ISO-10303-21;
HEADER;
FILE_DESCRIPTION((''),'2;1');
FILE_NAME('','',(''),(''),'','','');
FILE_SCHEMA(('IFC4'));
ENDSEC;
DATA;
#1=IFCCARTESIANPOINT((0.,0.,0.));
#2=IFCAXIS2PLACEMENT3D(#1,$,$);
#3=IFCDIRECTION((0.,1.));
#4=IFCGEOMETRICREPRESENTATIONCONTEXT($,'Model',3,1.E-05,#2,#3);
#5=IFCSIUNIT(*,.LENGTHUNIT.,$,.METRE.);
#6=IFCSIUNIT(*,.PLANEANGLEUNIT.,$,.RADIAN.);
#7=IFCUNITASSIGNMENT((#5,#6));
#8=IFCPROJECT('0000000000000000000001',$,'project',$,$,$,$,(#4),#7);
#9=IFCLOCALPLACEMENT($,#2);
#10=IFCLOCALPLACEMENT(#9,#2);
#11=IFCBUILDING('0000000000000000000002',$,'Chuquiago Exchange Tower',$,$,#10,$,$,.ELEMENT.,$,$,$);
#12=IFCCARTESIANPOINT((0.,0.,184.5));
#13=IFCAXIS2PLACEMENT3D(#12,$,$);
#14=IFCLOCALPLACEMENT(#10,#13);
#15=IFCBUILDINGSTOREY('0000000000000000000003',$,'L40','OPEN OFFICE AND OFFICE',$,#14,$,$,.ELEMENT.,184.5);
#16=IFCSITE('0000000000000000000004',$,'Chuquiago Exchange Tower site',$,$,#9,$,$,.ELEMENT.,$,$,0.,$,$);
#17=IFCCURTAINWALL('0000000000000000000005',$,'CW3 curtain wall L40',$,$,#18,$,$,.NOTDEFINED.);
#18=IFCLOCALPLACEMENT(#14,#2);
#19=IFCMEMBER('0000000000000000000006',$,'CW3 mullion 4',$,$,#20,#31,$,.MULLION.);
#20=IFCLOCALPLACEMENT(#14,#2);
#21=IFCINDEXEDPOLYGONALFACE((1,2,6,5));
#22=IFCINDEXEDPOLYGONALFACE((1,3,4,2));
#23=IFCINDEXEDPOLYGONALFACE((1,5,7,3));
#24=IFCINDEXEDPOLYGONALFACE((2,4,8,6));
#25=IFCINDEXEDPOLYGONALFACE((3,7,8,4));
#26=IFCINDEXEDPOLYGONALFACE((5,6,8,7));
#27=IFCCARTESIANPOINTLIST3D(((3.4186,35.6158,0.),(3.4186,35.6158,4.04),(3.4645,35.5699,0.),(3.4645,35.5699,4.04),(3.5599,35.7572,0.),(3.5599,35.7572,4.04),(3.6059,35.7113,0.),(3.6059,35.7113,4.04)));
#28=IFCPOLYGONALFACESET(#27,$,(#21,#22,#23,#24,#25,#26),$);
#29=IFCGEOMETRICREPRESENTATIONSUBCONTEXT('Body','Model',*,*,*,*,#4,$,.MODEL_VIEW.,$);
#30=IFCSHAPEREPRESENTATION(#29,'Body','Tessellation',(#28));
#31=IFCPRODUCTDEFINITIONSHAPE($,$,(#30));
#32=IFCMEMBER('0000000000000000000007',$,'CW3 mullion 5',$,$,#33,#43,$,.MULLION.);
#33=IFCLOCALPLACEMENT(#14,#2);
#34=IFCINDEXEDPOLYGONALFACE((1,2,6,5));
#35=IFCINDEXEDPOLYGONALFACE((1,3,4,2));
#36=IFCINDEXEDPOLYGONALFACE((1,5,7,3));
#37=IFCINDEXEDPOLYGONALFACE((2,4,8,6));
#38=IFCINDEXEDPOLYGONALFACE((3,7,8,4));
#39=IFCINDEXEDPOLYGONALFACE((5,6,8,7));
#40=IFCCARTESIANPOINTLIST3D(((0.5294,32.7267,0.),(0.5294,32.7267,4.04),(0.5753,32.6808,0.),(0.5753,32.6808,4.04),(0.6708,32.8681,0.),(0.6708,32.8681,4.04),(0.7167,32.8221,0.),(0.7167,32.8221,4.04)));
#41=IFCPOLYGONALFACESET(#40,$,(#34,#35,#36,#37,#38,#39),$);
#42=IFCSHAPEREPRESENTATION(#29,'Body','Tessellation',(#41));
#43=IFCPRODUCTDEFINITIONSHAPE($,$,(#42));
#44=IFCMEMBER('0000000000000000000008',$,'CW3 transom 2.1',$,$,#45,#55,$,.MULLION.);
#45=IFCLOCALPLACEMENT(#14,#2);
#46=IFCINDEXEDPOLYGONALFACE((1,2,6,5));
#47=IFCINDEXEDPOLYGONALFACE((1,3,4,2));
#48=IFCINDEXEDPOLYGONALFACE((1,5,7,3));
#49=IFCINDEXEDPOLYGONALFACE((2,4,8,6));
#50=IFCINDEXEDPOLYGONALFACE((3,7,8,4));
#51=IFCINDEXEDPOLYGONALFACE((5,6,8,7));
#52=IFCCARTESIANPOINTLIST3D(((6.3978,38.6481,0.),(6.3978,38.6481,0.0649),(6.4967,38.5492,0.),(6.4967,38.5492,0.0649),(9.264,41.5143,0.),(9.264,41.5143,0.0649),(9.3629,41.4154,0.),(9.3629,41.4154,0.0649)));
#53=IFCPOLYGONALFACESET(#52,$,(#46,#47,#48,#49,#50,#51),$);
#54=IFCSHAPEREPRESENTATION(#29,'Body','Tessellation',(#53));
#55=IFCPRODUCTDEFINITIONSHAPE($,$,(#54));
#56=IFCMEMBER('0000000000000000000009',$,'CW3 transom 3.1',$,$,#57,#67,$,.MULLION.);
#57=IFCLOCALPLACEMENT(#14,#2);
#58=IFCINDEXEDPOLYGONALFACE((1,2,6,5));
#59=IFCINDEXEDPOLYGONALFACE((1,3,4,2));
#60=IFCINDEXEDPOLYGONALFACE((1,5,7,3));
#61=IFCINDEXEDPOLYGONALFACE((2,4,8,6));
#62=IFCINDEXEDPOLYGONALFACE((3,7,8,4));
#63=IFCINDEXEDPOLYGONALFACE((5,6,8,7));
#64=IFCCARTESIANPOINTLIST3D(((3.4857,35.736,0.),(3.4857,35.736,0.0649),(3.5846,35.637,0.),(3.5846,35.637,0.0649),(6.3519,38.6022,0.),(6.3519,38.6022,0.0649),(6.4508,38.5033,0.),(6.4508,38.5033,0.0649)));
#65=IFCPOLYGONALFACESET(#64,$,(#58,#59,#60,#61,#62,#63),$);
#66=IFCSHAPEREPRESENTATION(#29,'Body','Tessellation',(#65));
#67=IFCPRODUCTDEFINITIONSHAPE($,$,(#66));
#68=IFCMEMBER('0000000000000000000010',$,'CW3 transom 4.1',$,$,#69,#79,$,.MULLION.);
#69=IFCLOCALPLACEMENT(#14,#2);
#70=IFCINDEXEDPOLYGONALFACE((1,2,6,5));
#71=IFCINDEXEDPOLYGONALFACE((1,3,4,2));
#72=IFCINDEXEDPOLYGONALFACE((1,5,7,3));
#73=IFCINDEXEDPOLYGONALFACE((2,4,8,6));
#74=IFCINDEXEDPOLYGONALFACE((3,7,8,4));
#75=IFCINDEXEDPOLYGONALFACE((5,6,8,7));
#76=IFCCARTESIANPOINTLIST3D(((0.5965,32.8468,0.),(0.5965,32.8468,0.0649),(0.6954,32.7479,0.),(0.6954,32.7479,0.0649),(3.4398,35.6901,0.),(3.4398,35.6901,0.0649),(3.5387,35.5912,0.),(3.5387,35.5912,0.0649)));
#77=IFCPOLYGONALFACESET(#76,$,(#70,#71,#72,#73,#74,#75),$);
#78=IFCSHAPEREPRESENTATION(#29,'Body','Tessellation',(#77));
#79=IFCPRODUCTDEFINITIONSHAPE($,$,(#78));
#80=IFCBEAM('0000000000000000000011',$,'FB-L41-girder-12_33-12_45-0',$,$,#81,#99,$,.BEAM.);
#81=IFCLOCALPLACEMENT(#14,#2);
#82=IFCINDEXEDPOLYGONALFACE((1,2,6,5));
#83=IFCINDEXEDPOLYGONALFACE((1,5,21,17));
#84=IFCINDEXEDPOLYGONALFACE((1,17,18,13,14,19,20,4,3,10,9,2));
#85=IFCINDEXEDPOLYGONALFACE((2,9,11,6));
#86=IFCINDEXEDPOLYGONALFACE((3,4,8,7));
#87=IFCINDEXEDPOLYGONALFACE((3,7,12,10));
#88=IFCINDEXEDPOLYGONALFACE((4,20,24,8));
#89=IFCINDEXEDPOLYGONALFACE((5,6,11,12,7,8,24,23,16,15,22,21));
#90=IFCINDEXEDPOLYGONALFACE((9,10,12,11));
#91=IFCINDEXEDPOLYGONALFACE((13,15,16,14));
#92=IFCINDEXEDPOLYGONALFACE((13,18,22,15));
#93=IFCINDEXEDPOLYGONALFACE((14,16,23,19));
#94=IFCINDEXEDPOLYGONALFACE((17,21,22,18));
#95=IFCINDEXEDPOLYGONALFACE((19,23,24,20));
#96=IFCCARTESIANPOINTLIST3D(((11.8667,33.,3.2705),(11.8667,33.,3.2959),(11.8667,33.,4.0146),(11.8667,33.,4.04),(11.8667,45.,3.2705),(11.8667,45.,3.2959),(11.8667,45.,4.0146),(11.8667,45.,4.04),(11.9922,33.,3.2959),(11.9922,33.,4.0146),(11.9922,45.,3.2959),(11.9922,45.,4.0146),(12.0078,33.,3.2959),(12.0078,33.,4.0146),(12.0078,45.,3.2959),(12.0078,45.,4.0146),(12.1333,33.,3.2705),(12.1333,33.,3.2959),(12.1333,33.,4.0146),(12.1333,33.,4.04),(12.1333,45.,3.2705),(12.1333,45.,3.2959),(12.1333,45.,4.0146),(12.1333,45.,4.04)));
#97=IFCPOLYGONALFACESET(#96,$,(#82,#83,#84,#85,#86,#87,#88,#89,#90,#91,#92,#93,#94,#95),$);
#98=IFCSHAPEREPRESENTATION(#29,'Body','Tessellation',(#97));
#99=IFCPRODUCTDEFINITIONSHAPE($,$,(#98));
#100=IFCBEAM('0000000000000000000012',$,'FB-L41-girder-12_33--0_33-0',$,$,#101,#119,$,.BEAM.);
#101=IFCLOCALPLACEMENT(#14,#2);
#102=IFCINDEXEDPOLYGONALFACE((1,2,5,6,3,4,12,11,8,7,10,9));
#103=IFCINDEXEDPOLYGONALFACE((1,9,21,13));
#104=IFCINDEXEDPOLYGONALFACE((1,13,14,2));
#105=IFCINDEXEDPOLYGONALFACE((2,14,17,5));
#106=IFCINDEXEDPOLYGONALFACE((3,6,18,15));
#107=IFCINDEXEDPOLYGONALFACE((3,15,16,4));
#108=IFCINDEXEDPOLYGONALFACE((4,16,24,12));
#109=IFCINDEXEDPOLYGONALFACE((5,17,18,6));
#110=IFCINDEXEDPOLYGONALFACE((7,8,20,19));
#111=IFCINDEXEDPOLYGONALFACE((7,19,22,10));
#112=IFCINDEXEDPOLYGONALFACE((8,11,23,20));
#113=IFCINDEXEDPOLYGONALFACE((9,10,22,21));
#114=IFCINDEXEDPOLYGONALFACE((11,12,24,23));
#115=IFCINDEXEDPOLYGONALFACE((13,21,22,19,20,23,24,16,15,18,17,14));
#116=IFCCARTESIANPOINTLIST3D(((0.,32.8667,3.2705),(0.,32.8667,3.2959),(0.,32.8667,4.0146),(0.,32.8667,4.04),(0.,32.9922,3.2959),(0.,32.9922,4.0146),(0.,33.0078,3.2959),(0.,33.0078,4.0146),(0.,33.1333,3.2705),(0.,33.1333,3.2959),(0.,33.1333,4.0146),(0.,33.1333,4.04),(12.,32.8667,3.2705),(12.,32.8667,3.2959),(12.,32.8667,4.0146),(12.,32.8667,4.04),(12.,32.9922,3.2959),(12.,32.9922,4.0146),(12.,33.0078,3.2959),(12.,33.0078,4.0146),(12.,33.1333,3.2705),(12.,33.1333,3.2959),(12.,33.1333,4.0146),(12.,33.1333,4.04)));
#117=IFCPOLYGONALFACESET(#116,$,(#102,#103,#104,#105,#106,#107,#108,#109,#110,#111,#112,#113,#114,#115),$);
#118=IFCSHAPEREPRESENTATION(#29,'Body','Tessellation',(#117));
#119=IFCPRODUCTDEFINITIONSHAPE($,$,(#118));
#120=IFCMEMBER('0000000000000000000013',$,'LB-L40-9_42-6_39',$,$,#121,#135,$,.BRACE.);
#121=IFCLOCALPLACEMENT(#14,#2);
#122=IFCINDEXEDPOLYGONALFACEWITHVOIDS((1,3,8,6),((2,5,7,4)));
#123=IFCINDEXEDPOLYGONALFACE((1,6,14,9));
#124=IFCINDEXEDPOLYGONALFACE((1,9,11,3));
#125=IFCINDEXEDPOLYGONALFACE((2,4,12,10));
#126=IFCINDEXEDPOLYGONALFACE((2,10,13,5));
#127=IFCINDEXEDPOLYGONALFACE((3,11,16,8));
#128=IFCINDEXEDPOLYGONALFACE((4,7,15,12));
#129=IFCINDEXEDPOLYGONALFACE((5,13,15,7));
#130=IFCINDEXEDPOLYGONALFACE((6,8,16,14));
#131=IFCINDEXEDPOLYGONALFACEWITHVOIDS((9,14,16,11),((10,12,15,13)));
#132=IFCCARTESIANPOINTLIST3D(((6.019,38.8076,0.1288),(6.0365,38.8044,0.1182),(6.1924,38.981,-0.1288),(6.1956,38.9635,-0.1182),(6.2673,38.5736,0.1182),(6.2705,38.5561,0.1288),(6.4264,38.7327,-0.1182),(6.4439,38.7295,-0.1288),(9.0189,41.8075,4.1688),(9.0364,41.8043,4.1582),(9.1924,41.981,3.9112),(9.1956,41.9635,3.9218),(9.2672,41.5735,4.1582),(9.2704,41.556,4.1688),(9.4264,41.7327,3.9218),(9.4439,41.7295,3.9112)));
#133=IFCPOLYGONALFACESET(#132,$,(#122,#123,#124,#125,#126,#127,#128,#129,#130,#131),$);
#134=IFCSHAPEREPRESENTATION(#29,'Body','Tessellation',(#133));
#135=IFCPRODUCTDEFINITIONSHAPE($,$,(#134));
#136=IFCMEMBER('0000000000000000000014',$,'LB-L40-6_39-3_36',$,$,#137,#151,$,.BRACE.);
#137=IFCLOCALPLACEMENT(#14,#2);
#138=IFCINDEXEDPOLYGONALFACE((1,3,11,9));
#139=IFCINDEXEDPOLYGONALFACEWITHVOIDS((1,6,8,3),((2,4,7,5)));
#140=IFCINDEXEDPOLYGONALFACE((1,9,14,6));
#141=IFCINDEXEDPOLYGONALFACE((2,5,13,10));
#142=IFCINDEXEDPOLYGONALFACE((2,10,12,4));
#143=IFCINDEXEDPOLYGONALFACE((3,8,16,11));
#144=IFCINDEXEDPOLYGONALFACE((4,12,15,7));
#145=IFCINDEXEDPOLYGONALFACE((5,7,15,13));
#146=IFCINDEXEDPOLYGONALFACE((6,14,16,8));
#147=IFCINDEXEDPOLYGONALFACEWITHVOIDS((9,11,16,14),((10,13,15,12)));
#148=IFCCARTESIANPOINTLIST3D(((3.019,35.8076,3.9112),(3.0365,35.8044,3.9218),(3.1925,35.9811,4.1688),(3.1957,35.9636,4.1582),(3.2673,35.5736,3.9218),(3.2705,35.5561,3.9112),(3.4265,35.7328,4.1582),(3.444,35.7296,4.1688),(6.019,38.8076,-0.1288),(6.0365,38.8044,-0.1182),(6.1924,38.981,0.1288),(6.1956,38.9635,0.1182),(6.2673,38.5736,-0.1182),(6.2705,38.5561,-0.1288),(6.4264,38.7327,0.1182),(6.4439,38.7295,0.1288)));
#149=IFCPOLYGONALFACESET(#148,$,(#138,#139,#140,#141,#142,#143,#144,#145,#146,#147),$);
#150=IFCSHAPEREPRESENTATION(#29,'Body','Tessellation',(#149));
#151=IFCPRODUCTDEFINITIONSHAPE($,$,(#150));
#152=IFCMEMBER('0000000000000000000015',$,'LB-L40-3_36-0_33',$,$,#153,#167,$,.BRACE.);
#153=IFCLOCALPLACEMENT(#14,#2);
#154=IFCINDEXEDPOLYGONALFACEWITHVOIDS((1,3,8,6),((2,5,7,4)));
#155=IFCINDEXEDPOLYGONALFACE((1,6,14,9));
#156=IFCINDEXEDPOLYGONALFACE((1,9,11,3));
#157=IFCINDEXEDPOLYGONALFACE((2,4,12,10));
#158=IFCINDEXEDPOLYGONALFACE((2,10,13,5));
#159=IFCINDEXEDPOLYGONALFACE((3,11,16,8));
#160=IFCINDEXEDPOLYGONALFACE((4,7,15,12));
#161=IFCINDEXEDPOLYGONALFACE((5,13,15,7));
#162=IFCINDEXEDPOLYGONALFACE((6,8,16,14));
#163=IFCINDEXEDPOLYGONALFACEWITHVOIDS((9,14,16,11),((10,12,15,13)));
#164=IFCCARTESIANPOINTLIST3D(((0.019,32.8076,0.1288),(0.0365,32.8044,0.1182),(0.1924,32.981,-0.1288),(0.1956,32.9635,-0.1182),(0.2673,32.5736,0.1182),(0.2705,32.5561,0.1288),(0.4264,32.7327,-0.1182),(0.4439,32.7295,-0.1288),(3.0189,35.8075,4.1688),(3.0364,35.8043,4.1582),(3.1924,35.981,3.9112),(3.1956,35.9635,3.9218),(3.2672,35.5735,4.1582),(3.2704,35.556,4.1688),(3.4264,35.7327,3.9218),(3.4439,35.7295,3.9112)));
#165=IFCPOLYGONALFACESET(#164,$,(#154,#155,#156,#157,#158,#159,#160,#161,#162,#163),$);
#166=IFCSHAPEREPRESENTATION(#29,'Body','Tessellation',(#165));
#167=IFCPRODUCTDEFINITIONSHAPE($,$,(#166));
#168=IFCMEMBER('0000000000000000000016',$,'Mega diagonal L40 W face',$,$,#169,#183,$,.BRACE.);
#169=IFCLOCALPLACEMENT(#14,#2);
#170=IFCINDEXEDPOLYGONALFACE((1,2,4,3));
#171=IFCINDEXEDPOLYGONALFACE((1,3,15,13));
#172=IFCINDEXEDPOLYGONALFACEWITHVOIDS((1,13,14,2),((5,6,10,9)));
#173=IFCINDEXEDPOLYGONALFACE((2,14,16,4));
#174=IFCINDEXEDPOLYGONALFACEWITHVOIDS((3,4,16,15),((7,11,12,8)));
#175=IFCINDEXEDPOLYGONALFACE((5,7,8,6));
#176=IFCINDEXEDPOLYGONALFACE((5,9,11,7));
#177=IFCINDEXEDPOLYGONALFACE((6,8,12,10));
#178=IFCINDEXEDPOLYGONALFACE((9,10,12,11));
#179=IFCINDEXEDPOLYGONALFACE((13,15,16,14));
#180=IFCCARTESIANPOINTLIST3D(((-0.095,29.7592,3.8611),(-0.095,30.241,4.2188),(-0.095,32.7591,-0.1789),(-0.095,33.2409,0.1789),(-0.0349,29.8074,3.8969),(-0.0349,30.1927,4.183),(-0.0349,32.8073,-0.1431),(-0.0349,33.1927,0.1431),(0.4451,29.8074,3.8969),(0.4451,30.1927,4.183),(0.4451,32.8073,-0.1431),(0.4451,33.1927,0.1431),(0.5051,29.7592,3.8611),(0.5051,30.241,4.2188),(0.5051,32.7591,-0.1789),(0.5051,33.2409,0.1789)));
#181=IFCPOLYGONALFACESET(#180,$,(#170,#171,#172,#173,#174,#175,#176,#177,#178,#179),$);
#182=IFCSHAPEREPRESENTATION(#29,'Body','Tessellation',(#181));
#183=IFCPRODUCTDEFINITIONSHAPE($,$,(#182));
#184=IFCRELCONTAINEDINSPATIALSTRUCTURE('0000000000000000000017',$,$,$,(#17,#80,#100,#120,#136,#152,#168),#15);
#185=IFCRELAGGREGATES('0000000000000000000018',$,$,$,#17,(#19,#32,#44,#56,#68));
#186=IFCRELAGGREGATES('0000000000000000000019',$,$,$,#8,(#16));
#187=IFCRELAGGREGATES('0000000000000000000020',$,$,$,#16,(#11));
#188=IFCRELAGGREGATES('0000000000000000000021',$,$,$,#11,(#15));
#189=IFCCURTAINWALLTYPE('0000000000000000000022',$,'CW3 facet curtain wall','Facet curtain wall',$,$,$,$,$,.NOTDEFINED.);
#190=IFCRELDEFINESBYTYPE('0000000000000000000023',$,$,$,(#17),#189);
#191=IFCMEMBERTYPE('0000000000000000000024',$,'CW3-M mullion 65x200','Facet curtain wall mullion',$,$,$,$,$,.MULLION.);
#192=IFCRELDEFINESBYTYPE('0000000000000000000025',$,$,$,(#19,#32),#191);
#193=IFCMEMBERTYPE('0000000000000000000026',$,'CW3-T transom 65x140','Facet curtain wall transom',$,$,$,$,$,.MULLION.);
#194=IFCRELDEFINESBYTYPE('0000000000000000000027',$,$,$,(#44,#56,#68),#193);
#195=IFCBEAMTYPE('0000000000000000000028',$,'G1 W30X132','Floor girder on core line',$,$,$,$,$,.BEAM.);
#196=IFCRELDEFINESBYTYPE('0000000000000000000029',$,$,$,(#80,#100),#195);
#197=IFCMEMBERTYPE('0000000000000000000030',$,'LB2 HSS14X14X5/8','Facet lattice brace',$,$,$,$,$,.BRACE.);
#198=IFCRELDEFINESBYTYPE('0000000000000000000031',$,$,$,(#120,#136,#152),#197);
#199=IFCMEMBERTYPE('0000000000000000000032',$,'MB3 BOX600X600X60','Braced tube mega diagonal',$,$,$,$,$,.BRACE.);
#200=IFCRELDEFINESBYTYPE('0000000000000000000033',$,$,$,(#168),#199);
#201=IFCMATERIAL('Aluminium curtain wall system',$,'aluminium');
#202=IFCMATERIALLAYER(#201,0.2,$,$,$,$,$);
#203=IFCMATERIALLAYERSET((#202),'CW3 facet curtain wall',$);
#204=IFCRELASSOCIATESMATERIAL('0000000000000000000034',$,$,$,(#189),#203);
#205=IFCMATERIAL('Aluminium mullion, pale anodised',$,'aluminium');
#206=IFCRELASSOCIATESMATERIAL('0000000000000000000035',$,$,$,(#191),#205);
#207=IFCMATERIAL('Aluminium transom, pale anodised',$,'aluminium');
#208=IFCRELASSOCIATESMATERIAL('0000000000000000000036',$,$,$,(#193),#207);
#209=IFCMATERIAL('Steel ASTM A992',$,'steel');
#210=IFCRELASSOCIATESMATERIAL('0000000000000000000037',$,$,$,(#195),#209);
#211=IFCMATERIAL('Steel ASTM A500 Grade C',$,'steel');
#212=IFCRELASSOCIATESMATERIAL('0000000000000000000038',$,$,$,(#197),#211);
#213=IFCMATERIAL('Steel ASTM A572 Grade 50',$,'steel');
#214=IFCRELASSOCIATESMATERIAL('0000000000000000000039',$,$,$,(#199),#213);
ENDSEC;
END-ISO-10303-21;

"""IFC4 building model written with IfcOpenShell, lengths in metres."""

from ifc_helpers import new_model, si_unit, direction, frame, origin, origin_2d, place, context, subcontext, project, spatial, rectangle, hollow_rectangle, i_section, extrude, material, layer, layer_set, material_profile, profile_set, type_object, element, aggregate, save


model = new_model("IFC4")

# Units and contexts
model_context = context("Model", 3, precision=1e-05, world=origin(), true_north=direction((0.0, 1.0)))
body_context = subcontext(model_context, "Body", "Model", "MODEL_VIEW")
ifc_project = project(units=[si_unit("LENGTHUNIT", "METRE"), si_unit("PLANEANGLEUNIT", "RADIAN")], contexts=[model_context])

# Site, building, storey
site_placement = place(None, origin())
site = spatial("IfcSite", under=ifc_project, at=site_placement, Name="Chuquiago Exchange Tower site", CompositionType="ELEMENT", RefElevation=0.0)
building_placement = place(site_placement, origin())
building = spatial("IfcBuilding", under=site, at=building_placement, Name="Chuquiago Exchange Tower", CompositionType="ELEMENT")
storey_placement = place(building_placement, frame((0.0, 0.0, 184.5)))
storey = spatial("IfcBuildingStorey", under=building, at=storey_placement, Name="L40", Description="OPEN OFFICE AND OFFICE", CompositionType="ELEMENT", Elevation=184.5)

# Curtain wall, members
ifc_material_1 = material(Name="Aluminium curtain wall system", Category="aluminium")
ifc_layer_1 = layer(ifc_material_1, 0.2)
ifc_layer_set_1 = layer_set([ifc_layer_1], Name="CW3 facet curtain wall")
curtain_wall_type_1 = type_object("IfcCurtainWallType", Name="CW3 facet curtain wall", Description="Facet curtain wall", PredefinedType="NOTDEFINED", material=ifc_layer_set_1)
curtain_wall_1_placement = place(storey_placement, origin())
curtain_wall_1 = element("IfcCurtainWall", 1, at=curtain_wall_1_placement, inside=storey, type_object=curtain_wall_type_1, Name="CW3 curtain wall L40", PredefinedType="NOTDEFINED")
ifc_material_2 = material(Name="Aluminium mullion, pale anodised", Category="aluminium")
ifc_material_profile_1 = material_profile(ifc_material_2, rectangle(XDim=0.0649, YDim=0.2, at=origin_2d()), Name="AL 65x200")
ifc_profile_set_1 = profile_set([ifc_material_profile_1], Name="Aluminium mullion, pale anodised")
member_type_1 = type_object("IfcMemberType", Name="CW3-M mullion 65x200", Description="Facet curtain wall mullion", PredefinedType="MULLION", material=ifc_profile_set_1)
member_1_placement = place(storey_placement, frame((3.5122, 35.6636, 0.0), z_axis=(0.0, 0.0, 1.0), x_axis=(0.707107, -0.707107, 0.0)))
member_1 = element("IfcMember", 2, at=member_1_placement, type_object=member_type_1, Name="CW3 mullion 4", PredefinedType="MULLION", context=body_context, shape_type="SweptSolid", body=[
    extrude(rectangle(XDim=0.0649, YDim=0.2, at=origin_2d()), origin(), (0.0, 0.0, 1.0), 4.04),
])
member_2_placement = place(storey_placement, frame((0.623, 32.7744, 0.0), z_axis=(0.0, 0.0, 1.0), x_axis=(0.707107, -0.707107, 0.0)))
member_2 = element("IfcMember", 3, at=member_2_placement, type_object=member_type_1, Name="CW3 mullion 5", PredefinedType="MULLION", context=body_context, shape_type="SweptSolid", body=[
    extrude(rectangle(XDim=0.0649, YDim=0.2, at=origin_2d()), origin(), (0.0, 0.0, 1.0), 4.04),
])
ifc_material_3 = material(Name="Aluminium transom, pale anodised", Category="aluminium")
ifc_material_profile_2 = material_profile(ifc_material_3, rectangle(XDim=0.1399, YDim=0.0649, at=origin_2d()), Name="AL 140x65")
ifc_profile_set_2 = profile_set([ifc_material_profile_2], Name="Aluminium transom, pale anodised")
member_type_2 = type_object("IfcMemberType", Name="CW3-T transom 65x140", Description="Facet curtain wall transom", PredefinedType="MULLION", material=ifc_profile_set_2)
member_3_placement = place(storey_placement, frame((9.3135, 41.4648, 0.0325), z_axis=(-0.707107, -0.707107, 0.0), x_axis=(0.707107, -0.707107, 0.0)))
member_3 = element("IfcMember", 4, at=member_3_placement, type_object=member_type_2, Name="CW3 transom 2.1", PredefinedType="MULLION", context=body_context, shape_type="SweptSolid", body=[
    extrude(rectangle(XDim=0.1399, YDim=0.0649, at=origin_2d()), origin(), (0.0, 0.0, 1.0), 4.0535),
])
member_4_placement = place(storey_placement, frame((6.4014, 38.5527, 0.0325), z_axis=(-0.707107, -0.707107, 0.0), x_axis=(0.707107, -0.707107, 0.0)))
member_4 = element("IfcMember", 5, at=member_4_placement, type_object=member_type_2, Name="CW3 transom 3.1", PredefinedType="MULLION", context=body_context, shape_type="SweptSolid", body=[
    extrude(rectangle(XDim=0.1399, YDim=0.0649, at=origin_2d()), origin(), (0.0, 0.0, 1.0), 4.0535),
])
member_5_placement = place(storey_placement, frame((3.4893, 35.6406, 0.0325), z_axis=(-0.707107, -0.707107, 0.0), x_axis=(0.707107, -0.707107, 0.0)))
member_5 = element("IfcMember", 6, at=member_5_placement, type_object=member_type_2, Name="CW3 transom 4.1", PredefinedType="MULLION", context=body_context, shape_type="SweptSolid", body=[
    extrude(rectangle(XDim=0.1399, YDim=0.0649, at=origin_2d()), origin(), (0.0, 0.0, 1.0), 4.021),
])

# Beams
ifc_material_4 = material(Name="Steel ASTM A992", Category="steel")
ifc_material_profile_3 = material_profile(ifc_material_4, i_section(OverallWidth=0.2666, OverallDepth=0.7695, WebThickness=0.0156, FlangeThickness=0.0254, at=origin_2d()), Name="W30X132")
ifc_profile_set_3 = profile_set([ifc_material_profile_3], Name="Steel ASTM A992")
beam_type_1 = type_object("IfcBeamType", Name="G1 W30X132", Description="Floor girder on core line", PredefinedType="BEAM", material=ifc_profile_set_3)
for number, where, z_axis, x_axis, name in (
    (7, (12.0, 33.0, 3.6553), (0.0, 1.0, 0.0), (-1.0, 0.0, 0.0), "FB-L41-girder-12_33-12_45-0"),
    (8, (12.0, 33.0, 3.6553), (-1.0, 0.0, 0.0), (0.0, -1.0, 0.0), "FB-L41-girder-12_33--0_33-0"),
):
    element("IfcBeam", number, at=place(storey_placement, frame(where, z_axis=z_axis, x_axis=x_axis)), inside=storey, type_object=beam_type_1, Name=name, PredefinedType="BEAM", context=body_context, shape_type="SweptSolid", body=[
        extrude(i_section(OverallWidth=0.2666, OverallDepth=0.7695, WebThickness=0.0156, FlangeThickness=0.0254, at=origin_2d()), origin(), (0.0, 0.0, 1.0), 12.0),
    ])

# Members
ifc_material_5 = material(Name="Steel ASTM A500 Grade C", Category="steel")
ifc_material_profile_4 = material_profile(ifc_material_5, hollow_rectangle(XDim=0.3557, YDim=0.3557, WallThickness=0.0146, at=origin_2d()), Name="HSS14X14X5/8")
ifc_profile_set_4 = profile_set([ifc_material_profile_4], Name="Steel ASTM A500 Grade C")
member_type_3 = type_object("IfcMemberType", Name="LB2 HSS14X14X5/8", Description="Facet lattice brace", PredefinedType="BRACE", material=ifc_profile_set_4)
for number, where, z_axis, x_axis, name in (
    (9, (6.2314, 38.7686, 0.0), (0.512077, 0.512077, 0.689604), (-0.707107, 0.707107, 0.0), "LB-L40-9_42-6_39"),
    (10, (6.2314, 38.7686, 0.0), (-0.512077, -0.512077, 0.689604), (0.707107, -0.707107, 0.0), "LB-L40-6_39-3_36"),
    (11, (0.2314, 32.7686, 0.0), (0.512077, 0.512077, 0.689604), (-0.707107, 0.707107, 0.0), "LB-L40-3_36-0_33"),
):
    element("IfcMember", number, at=place(storey_placement, frame(where, z_axis=z_axis, x_axis=x_axis)), inside=storey, type_object=member_type_3, Name=name, PredefinedType="BRACE", context=body_context, shape_type="SweptSolid", body=[
        extrude(hollow_rectangle(XDim=0.3557, YDim=0.3557, WallThickness=0.0146, at=origin_2d()), origin(), (0.0, 0.0, 1.0), 5.8584),
    ])
ifc_material_6 = material(Name="Steel ASTM A572 Grade 50", Category="steel")
ifc_material_profile_5 = material_profile(ifc_material_6, hollow_rectangle(XDim=0.6001, YDim=0.6001, WallThickness=0.0601, at=origin_2d()), Name="BOX600X600X60")
ifc_profile_set_5 = profile_set([ifc_material_profile_5], Name="Steel ASTM A572 Grade 50")
member_type_4 = type_object("IfcMemberType", Name="MB3 BOX600X600X60", Description="Braced tube mega diagonal", PredefinedType="BRACE", material=ifc_profile_set_5)
member_6_placement = place(storey_placement, frame((0.2051, 33.0, 0.0), z_axis=(0.0, -0.596174, 0.802855), x_axis=(1.0, 0.0, 0.0)))
element("IfcMember", 12, at=member_6_placement, inside=storey, type_object=member_type_4, Name="Mega diagonal L40 W face", PredefinedType="BRACE", context=body_context, shape_type="SweptSolid", body=[
    extrude(hollow_rectangle(XDim=0.6001, YDim=0.6001, WallThickness=0.0601, at=origin_2d()), origin(), (0.0, 0.0, 1.0), 5.032),
])

aggregate(curtain_wall_1, [member_1, member_2, member_3, member_4, member_5])

save(model, "model.ifc")
